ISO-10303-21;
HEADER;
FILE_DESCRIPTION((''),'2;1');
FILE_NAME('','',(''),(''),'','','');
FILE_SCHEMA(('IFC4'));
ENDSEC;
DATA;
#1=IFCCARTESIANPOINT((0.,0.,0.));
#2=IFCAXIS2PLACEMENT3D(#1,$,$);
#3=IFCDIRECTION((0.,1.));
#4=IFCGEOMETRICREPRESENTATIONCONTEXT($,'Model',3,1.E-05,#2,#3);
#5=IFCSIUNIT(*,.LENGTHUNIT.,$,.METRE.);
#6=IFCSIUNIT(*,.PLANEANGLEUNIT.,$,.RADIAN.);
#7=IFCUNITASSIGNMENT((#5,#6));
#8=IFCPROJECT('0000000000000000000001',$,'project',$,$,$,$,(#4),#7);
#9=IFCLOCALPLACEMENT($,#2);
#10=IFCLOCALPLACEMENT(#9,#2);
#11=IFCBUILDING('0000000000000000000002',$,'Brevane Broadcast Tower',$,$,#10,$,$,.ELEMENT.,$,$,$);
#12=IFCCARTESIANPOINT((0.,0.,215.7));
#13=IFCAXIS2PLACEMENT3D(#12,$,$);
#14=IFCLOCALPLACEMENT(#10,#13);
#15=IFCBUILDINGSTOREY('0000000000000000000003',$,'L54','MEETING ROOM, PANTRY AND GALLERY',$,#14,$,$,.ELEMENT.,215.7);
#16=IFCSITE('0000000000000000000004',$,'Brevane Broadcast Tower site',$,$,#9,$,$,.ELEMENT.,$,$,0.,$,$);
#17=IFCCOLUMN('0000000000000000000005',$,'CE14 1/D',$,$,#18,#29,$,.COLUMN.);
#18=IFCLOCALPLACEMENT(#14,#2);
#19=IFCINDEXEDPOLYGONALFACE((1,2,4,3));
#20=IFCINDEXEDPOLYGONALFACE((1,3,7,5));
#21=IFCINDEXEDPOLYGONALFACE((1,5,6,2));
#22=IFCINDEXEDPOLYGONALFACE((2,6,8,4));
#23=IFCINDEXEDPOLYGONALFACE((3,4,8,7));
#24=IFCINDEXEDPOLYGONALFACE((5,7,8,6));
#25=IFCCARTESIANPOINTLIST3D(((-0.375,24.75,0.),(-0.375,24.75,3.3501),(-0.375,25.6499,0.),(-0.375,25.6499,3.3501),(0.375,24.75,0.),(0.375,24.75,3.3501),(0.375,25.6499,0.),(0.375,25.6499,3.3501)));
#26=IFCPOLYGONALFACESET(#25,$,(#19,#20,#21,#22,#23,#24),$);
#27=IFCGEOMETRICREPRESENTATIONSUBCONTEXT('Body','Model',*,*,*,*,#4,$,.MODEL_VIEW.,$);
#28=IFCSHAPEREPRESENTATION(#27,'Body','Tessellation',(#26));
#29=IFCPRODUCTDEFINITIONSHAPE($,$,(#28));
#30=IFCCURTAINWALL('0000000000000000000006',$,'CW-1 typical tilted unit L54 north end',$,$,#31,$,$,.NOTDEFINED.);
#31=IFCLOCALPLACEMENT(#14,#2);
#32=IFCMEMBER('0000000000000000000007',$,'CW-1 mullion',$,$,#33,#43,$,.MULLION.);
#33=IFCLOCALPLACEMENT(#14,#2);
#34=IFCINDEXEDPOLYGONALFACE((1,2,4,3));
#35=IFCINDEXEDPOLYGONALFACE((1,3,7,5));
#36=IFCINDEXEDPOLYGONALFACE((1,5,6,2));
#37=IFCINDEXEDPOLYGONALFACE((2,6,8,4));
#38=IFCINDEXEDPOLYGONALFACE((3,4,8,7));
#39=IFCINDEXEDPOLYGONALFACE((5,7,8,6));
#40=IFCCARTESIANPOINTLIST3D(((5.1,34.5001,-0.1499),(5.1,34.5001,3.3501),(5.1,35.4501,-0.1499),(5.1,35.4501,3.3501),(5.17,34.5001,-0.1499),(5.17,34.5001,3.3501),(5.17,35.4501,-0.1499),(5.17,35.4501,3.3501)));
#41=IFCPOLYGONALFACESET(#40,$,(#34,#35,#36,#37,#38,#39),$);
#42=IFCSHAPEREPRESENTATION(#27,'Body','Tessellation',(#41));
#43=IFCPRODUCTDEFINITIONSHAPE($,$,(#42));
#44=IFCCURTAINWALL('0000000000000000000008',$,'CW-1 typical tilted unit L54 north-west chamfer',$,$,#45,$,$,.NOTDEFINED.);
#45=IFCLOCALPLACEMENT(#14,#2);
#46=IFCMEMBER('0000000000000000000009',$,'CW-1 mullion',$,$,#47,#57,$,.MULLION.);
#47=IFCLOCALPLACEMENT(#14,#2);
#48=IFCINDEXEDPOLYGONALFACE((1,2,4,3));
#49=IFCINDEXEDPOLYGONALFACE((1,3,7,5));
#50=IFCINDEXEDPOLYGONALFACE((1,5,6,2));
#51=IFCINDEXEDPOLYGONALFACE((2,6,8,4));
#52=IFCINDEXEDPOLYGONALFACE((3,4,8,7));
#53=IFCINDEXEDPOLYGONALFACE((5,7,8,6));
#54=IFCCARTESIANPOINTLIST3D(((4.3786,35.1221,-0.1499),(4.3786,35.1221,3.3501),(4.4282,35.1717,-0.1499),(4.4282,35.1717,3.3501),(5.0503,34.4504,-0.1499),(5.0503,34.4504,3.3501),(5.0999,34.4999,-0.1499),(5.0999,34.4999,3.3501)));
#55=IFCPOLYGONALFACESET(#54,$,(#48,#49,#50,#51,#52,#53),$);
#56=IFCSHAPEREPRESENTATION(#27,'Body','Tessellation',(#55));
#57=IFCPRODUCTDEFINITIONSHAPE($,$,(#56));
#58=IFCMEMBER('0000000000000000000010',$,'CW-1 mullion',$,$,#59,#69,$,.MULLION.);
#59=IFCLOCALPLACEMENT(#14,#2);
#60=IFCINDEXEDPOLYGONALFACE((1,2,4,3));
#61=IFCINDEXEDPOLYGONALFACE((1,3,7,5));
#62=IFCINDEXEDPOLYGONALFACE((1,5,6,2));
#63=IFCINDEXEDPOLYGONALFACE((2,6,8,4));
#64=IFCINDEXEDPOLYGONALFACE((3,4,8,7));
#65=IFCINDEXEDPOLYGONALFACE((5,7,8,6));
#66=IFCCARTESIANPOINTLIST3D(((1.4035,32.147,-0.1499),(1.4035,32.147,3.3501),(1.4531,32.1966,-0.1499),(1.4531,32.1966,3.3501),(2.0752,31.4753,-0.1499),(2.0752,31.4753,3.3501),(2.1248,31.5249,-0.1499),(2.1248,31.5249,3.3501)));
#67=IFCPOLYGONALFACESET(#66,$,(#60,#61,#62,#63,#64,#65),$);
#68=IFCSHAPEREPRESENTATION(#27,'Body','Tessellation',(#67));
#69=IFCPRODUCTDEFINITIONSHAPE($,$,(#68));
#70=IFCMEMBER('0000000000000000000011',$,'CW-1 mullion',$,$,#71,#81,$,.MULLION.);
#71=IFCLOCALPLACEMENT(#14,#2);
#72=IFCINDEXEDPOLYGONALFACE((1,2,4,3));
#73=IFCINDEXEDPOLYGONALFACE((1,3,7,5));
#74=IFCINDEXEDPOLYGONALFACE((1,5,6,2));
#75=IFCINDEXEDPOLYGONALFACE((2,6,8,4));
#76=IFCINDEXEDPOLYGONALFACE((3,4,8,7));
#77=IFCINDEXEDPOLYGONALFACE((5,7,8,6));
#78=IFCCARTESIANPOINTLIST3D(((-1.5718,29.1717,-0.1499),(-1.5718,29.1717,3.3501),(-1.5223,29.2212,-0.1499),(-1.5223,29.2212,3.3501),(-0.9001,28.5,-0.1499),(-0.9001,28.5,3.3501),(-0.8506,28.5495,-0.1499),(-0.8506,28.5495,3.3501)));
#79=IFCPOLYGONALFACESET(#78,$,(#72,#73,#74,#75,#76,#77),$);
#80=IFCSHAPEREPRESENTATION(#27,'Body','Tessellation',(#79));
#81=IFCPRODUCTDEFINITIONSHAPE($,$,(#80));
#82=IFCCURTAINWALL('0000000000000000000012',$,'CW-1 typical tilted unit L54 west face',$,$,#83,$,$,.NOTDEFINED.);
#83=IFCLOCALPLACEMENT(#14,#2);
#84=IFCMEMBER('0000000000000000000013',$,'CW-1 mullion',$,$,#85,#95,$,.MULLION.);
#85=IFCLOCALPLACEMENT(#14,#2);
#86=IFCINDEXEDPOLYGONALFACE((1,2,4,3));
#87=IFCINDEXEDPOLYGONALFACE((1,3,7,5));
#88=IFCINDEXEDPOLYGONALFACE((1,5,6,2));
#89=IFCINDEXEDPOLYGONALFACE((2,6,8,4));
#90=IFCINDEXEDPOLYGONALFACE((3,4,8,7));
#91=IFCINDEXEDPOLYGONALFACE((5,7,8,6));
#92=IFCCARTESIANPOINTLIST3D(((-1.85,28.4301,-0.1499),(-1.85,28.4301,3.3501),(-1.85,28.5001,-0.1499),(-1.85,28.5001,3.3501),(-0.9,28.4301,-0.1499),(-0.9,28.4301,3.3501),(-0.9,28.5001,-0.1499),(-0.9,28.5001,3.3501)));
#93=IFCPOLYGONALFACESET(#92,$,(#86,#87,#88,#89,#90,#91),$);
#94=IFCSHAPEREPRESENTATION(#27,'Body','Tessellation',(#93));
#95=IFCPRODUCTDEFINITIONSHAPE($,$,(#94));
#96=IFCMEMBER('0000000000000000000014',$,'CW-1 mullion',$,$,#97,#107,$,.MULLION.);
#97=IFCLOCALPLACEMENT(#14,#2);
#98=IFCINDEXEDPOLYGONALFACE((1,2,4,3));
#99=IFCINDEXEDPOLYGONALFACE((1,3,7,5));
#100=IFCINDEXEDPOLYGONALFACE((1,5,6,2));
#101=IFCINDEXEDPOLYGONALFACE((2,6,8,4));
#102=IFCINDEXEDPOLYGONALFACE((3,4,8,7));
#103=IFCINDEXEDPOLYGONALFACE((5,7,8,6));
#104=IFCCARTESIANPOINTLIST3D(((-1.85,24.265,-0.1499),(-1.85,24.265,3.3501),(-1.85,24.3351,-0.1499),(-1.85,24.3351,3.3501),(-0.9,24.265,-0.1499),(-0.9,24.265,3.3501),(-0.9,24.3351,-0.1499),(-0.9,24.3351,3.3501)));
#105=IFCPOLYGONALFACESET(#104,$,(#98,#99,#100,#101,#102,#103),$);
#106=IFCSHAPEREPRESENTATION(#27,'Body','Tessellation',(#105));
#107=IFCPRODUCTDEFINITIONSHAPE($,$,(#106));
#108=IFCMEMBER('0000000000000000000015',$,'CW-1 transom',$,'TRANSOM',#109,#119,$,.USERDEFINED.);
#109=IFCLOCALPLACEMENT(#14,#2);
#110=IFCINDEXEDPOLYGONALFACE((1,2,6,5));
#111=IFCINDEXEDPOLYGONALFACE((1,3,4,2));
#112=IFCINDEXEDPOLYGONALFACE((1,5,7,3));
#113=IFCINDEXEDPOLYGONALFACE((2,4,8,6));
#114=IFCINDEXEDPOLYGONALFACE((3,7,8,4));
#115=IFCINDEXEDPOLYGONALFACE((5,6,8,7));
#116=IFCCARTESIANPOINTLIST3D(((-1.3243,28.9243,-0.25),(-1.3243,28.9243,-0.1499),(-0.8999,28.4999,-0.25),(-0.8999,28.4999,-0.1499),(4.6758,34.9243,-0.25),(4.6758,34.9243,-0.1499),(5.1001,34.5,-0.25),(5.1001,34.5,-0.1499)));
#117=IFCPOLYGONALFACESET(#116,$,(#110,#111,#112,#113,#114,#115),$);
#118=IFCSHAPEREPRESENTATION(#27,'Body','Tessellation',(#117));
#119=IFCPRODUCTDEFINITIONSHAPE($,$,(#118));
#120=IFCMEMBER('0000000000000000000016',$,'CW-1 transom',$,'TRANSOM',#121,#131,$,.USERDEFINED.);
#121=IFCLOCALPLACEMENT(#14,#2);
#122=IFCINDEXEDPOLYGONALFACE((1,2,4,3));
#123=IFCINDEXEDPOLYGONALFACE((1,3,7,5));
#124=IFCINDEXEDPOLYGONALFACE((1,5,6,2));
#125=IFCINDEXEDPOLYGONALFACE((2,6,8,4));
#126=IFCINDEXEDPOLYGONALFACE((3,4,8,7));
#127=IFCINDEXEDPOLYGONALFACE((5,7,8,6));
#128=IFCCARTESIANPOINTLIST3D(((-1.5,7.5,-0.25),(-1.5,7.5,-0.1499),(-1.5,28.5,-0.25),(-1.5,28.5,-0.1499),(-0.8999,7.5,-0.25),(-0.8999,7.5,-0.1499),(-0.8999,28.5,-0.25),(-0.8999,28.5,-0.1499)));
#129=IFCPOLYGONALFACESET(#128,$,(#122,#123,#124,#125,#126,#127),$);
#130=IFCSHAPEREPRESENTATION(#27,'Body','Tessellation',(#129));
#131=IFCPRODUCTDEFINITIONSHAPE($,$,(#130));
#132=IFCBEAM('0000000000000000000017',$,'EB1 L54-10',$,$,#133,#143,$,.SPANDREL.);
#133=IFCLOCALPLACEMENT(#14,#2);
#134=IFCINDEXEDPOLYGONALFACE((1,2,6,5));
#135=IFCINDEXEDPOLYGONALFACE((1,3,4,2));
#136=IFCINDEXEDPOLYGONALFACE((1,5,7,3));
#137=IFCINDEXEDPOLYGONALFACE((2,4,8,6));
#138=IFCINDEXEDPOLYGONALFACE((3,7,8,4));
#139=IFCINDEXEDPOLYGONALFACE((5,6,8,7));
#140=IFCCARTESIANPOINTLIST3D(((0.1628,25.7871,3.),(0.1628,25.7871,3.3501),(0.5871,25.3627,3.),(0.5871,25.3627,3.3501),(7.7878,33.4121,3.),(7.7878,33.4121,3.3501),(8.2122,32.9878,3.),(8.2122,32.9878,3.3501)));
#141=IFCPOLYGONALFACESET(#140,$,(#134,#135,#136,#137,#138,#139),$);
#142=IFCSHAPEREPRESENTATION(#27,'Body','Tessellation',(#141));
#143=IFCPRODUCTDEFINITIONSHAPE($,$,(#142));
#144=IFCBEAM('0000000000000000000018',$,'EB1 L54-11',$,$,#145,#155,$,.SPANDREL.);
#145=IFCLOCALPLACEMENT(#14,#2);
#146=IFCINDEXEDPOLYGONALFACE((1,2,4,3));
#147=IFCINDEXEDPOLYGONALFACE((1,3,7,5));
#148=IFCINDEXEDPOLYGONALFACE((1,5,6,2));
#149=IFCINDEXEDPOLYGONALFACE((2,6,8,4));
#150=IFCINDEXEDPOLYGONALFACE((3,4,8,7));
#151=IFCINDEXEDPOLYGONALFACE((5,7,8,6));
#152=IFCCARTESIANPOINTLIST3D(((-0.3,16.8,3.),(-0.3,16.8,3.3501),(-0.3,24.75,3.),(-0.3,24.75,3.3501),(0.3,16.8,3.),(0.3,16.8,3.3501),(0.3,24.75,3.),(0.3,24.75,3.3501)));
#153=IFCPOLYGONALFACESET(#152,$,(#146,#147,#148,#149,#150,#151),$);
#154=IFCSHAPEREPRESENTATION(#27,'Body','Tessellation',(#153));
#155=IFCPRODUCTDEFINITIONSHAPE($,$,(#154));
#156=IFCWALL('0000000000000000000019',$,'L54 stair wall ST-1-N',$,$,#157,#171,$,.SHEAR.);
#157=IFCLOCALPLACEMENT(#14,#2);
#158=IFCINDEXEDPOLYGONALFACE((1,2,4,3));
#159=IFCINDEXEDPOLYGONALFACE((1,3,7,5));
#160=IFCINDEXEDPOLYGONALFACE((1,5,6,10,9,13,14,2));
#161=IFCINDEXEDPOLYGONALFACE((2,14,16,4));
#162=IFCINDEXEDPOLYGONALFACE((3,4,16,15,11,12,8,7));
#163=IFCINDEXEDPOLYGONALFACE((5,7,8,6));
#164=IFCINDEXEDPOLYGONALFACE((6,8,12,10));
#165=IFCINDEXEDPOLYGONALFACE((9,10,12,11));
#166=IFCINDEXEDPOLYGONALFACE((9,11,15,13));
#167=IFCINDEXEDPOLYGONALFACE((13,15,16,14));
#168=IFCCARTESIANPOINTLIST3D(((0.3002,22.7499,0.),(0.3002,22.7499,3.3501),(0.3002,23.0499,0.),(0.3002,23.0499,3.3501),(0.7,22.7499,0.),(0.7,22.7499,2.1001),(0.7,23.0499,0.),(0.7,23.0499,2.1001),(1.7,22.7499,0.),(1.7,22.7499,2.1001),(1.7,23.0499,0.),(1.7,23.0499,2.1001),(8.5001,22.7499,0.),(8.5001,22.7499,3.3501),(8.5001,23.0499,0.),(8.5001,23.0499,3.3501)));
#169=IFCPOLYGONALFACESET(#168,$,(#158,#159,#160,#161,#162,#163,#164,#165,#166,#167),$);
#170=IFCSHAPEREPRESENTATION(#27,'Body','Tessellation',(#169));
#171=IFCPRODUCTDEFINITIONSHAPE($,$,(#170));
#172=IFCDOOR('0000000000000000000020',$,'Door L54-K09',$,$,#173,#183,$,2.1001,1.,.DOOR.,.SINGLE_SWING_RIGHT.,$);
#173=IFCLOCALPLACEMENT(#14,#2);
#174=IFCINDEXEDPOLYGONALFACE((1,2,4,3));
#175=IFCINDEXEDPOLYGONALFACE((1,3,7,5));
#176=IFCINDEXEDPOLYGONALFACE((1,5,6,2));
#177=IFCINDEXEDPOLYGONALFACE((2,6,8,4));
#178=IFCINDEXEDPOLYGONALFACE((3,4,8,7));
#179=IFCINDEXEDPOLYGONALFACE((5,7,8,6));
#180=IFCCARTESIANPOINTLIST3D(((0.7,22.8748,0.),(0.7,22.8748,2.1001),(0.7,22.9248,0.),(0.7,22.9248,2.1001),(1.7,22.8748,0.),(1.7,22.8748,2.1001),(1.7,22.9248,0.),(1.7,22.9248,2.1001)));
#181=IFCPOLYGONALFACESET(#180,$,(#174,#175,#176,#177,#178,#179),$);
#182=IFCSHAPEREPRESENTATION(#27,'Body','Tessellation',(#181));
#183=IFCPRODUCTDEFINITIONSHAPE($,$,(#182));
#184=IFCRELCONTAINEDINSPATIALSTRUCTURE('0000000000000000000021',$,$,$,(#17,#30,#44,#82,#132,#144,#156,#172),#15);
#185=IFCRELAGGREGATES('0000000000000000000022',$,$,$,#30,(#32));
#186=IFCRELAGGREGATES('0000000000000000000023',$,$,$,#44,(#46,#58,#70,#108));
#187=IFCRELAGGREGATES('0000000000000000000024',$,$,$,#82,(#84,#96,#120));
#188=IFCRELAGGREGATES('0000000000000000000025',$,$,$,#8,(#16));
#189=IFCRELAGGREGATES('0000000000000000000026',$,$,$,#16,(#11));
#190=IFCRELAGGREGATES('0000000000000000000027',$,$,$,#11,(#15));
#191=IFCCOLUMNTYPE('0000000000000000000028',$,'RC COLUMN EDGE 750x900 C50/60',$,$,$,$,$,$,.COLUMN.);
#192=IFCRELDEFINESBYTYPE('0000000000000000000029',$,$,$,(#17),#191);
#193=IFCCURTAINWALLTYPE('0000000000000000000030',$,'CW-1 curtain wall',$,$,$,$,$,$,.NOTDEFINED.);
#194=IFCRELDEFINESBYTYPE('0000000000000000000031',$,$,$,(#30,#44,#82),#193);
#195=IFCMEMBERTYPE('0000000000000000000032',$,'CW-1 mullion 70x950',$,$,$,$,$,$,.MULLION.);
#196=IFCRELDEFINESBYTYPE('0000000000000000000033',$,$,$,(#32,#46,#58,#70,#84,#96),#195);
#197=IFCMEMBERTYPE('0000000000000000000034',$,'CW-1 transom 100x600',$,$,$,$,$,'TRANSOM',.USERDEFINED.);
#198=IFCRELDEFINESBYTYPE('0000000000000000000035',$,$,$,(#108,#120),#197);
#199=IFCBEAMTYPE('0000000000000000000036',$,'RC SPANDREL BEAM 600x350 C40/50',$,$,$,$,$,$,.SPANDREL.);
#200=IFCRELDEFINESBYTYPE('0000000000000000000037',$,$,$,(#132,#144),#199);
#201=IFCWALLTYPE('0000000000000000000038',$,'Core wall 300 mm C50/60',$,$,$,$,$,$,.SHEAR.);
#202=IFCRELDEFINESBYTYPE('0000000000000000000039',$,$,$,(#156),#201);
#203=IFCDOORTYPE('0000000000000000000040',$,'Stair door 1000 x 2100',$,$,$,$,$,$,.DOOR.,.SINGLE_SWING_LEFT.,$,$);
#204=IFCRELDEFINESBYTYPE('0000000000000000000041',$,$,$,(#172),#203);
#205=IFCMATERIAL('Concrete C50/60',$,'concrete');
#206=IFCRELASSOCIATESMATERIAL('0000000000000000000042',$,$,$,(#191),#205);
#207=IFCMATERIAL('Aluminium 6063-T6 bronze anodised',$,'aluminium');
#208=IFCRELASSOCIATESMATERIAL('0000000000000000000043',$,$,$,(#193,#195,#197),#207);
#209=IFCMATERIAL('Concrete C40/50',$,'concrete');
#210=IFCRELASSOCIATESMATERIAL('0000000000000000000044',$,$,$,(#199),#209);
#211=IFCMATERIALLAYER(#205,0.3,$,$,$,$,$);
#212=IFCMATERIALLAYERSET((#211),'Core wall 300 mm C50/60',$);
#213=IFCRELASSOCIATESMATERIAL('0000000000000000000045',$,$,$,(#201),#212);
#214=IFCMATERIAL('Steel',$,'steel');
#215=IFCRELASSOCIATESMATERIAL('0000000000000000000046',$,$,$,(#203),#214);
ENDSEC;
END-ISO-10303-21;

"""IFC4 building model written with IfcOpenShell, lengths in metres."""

from ifc_helpers import new_model, si_unit, direction, frame, frame_2d, origin, origin_2d, place, context, subcontext, project, spatial, rectangle, extrude, material, layer, layer_set, material_profile, profile_set, type_object, element, fill, aggregate, save


model = new_model("IFC4")

# Units and contexts
model_context = context("Model", 3, precision=1e-05, world=origin(), true_north=direction((0.0, 1.0)))
body_context = subcontext(model_context, "Body", "Model", "MODEL_VIEW")
ifc_project = project(units=[si_unit("LENGTHUNIT", "METRE"), si_unit("PLANEANGLEUNIT", "RADIAN")], contexts=[model_context])

# Site, building, storey
site_placement = place(None, origin())
site = spatial("IfcSite", under=ifc_project, at=site_placement, Name="Brevane Broadcast Tower site", CompositionType="ELEMENT", RefElevation=0.0)
building_placement = place(site_placement, origin())
building = spatial("IfcBuilding", under=site, at=building_placement, Name="Brevane Broadcast Tower", CompositionType="ELEMENT")
storey_placement = place(building_placement, frame((0.0, 0.0, 215.7)))
storey = spatial("IfcBuildingStorey", under=building, at=storey_placement, Name="L54", Description="MEETING ROOM, PANTRY AND GALLERY", CompositionType="ELEMENT", Elevation=215.7)

# Column
ifc_material_1 = material(Name="Concrete C50/60", Category="concrete")
ifc_material_profile_1 = material_profile(ifc_material_1, rectangle(XDim=0.75, YDim=0.8999, at=origin_2d()), Name="RC 750x900")
ifc_profile_set_1 = profile_set([ifc_material_profile_1], Name="Concrete C50/60")
column_type = type_object("IfcColumnType", Name="RC COLUMN EDGE 750x900 C50/60", PredefinedType="COLUMN", material=ifc_profile_set_1)
column_placement = place(storey_placement, frame((0.0, 25.2, 0.0), z_axis=(0.0, 0.0, 1.0), x_axis=(1.0, 0.0, 0.0)))
element("IfcColumn", 1, at=column_placement, inside=storey, type_object=column_type, Name="CE14 1/D", PredefinedType="COLUMN", context=body_context, shape_type="SweptSolid", body=[
    extrude(rectangle(XDim=0.75, YDim=0.8999, at=origin_2d()), origin(), (0.0, 0.0, 1.0), 3.3501),
])

# Curtain wall, member
ifc_material_2 = material(Name="Aluminium 6063-T6 bronze anodised", Category="aluminium")
curtain_wall_type = type_object("IfcCurtainWallType", Name="CW-1 curtain wall", PredefinedType="NOTDEFINED", material=ifc_material_2)
curtain_wall_1_placement = place(storey_placement, origin())
curtain_wall_1 = element("IfcCurtainWall", 2, at=curtain_wall_1_placement, inside=storey, type_object=curtain_wall_type, Name="CW-1 typical tilted unit L54 north end", PredefinedType="NOTDEFINED")
ifc_material_profile_2 = material_profile(ifc_material_2, rectangle(XDim=0.95, YDim=0.0701, at=origin_2d()), Name="RECT 70x950")
ifc_profile_set_2 = profile_set([ifc_material_profile_2], Name="Aluminium 6063-T6 bronze anodised")
member_type_1 = type_object("IfcMemberType", Name="CW-1 mullion 70x950", PredefinedType="MULLION", material=ifc_profile_set_2)
member_1_placement = place(storey_placement, frame((5.135, 34.9751, -0.1499), z_axis=(0.0, 0.0, 1.0), x_axis=(0.0, -1.0, 0.0)))
member_1 = element("IfcMember", 3, at=member_1_placement, type_object=member_type_1, Name="CW-1 mullion", PredefinedType="MULLION", context=body_context, shape_type="SweptSolid", body=[
    extrude(rectangle(XDim=0.95, YDim=0.0701, at=origin_2d()), origin(), (0.0, 0.0, 1.0), 3.5),
])
aggregate(curtain_wall_1, [member_1])

# Curtain walls, members
curtain_wall_2_placement = place(storey_placement, origin())
curtain_wall_2 = element("IfcCurtainWall", 4, at=curtain_wall_2_placement, inside=storey, type_object=curtain_wall_type, Name="CW-1 typical tilted unit L54 north-west chamfer", PredefinedType="NOTDEFINED")
member_2_placement = place(storey_placement, frame((4.7393, 34.811, -0.1499), z_axis=(0.0, 0.0, 1.0), x_axis=(0.707107, -0.707107, 0.0)))
member_2 = element("IfcMember", 5, at=member_2_placement, type_object=member_type_1, Name="CW-1 mullion", PredefinedType="MULLION", context=body_context, shape_type="SweptSolid", body=[
    extrude(rectangle(XDim=0.95, YDim=0.0701, at=origin_2d()), origin(), (0.0, 0.0, 1.0), 3.5),
])
member_3_placement = place(storey_placement, frame((1.7642, 31.8359, -0.1499), z_axis=(0.0, 0.0, 1.0), x_axis=(0.707107, -0.707107, 0.0)))
member_3 = element("IfcMember", 6, at=member_3_placement, type_object=member_type_1, Name="CW-1 mullion", PredefinedType="MULLION", context=body_context, shape_type="SweptSolid", body=[
    extrude(rectangle(XDim=0.95, YDim=0.0701, at=origin_2d()), origin(), (0.0, 0.0, 1.0), 3.5),
])
member_4_placement = place(storey_placement, frame((-1.2112, 28.8606, -0.1499), z_axis=(0.0, 0.0, 1.0), x_axis=(0.707107, -0.707107, 0.0)))
member_4 = element("IfcMember", 7, at=member_4_placement, type_object=member_type_1, Name="CW-1 mullion", PredefinedType="MULLION", context=body_context, shape_type="SweptSolid", body=[
    extrude(rectangle(XDim=0.95, YDim=0.0701, at=origin_2d()), origin(), (0.0, 0.0, 1.0), 3.5),
])
curtain_wall_3_placement = place(storey_placement, origin())
curtain_wall_3 = element("IfcCurtainWall", 8, at=curtain_wall_3_placement, inside=storey, type_object=curtain_wall_type, Name="CW-1 typical tilted unit L54 west face", PredefinedType="NOTDEFINED")
member_5_placement = place(storey_placement, frame((-1.375, 28.4651, -0.1499), z_axis=(0.0, 0.0, 1.0), x_axis=(1.0, 0.0, 0.0)))
member_5 = element("IfcMember", 9, at=member_5_placement, type_object=member_type_1, Name="CW-1 mullion", PredefinedType="MULLION", context=body_context, shape_type="SweptSolid", body=[
    extrude(rectangle(XDim=0.95, YDim=0.0701, at=origin_2d()), origin(), (0.0, 0.0, 1.0), 3.5),
])
member_6_placement = place(storey_placement, frame((-1.375, 24.3, -0.1499), z_axis=(0.0, 0.0, 1.0), x_axis=(1.0, 0.0, 0.0)))
member_6 = element("IfcMember", 10, at=member_6_placement, type_object=member_type_1, Name="CW-1 mullion", PredefinedType="MULLION", context=body_context, shape_type="SweptSolid", body=[
    extrude(rectangle(XDim=0.95, YDim=0.0701, at=origin_2d()), origin(), (0.0, 0.0, 1.0), 3.5),
])

# Members
ifc_material_profile_3 = material_profile(ifc_material_2, rectangle(XDim=0.6001, YDim=0.1001, at=origin_2d()), Name="RECT 100x600")
ifc_profile_set_3 = profile_set([ifc_material_profile_3], Name="Aluminium 6063-T6 bronze anodised")
member_type_2 = type_object("IfcMemberType", Name="CW-1 transom 100x600", ElementType="TRANSOM", PredefinedType="USERDEFINED", material=ifc_profile_set_3)
member_7_placement = place(storey_placement, frame((4.8879, 34.7122, -0.2), z_axis=(-0.707107, -0.707107, 0.0), x_axis=(0.707107, -0.707107, 0.0)))
member_7 = element("IfcMember", 11, at=member_7_placement, type_object=member_type_2, Name="CW-1 transom", ObjectType="TRANSOM", PredefinedType="USERDEFINED", context=body_context, shape_type="SweptSolid", body=[
    extrude(rectangle(XDim=0.6001, YDim=0.1001, at=origin_2d()), origin(), (0.0, 0.0, 1.0), 8.4854),
])
aggregate(curtain_wall_2, [member_2, member_3, member_4, member_7])
member_8_placement = place(storey_placement, frame((-1.2, 28.5, -0.2), z_axis=(0.0, -1.0, 0.0), x_axis=(1.0, 0.0, 0.0)))
member_8 = element("IfcMember", 12, at=member_8_placement, type_object=member_type_2, Name="CW-1 transom", ObjectType="TRANSOM", PredefinedType="USERDEFINED", context=body_context, shape_type="SweptSolid", body=[
    extrude(rectangle(XDim=0.6001, YDim=0.1001, at=origin_2d()), origin(), (0.0, 0.0, 1.0), 21.0),
])
aggregate(curtain_wall_3, [member_5, member_6, member_8])

# Beams
ifc_material_3 = material(Name="Concrete C40/50", Category="concrete")
ifc_material_profile_4 = material_profile(ifc_material_3, rectangle(XDim=0.6001, YDim=0.3501, at=origin_2d()), Name="RC 600x350")
ifc_profile_set_4 = profile_set([ifc_material_profile_4], Name="Concrete C40/50")
beam_type = type_object("IfcBeamType", Name="RC SPANDREL BEAM 600x350 C40/50", PredefinedType="SPANDREL", material=ifc_profile_set_4)
beam_1_placement = place(storey_placement, frame((8.0, 33.2, 3.175), z_axis=(-0.707107, -0.707107, 0.0), x_axis=(0.707107, -0.707107, 0.0)))
element("IfcBeam", 13, at=beam_1_placement, inside=storey, type_object=beam_type, Name="EB1 L54-10", PredefinedType="SPANDREL", context=body_context, shape_type="SweptSolid", body=[
    extrude(rectangle(XDim=0.6001, YDim=0.3501, at=origin_2d()), origin(), (0.0, 0.0, 1.0), 10.7834),
])
beam_2_placement = place(storey_placement, frame((0.0, 24.75, 3.175), z_axis=(0.0, -1.0, 0.0), x_axis=(1.0, 0.0, 0.0)))
element("IfcBeam", 14, at=beam_2_placement, inside=storey, type_object=beam_type, Name="EB1 L54-11", PredefinedType="SPANDREL", context=body_context, shape_type="SweptSolid", body=[
    extrude(rectangle(XDim=0.6001, YDim=0.3501, at=origin_2d()), origin(), (0.0, 0.0, 1.0), 7.95),
])

# Wall, opening, door
ifc_layer = layer(ifc_material_1, 0.3)
ifc_layer_set = layer_set([ifc_layer], Name="Core wall 300 mm C50/60")
wall_type = type_object("IfcWallType", Name="Core wall 300 mm C50/60", PredefinedType="SHEAR", material=ifc_layer_set)
wall_1_placement = place(storey_placement, frame((0.3, 22.8999, 0.0), z_axis=(0.0, 0.0, 1.0), x_axis=(1.0, 0.0, 0.0)))
wall_1 = element("IfcWall", 15, at=wall_1_placement, inside=storey, type_object=wall_type, Name="L54 stair wall ST-1-N", PredefinedType="SHEAR", context=body_context, shape_type="SweptSolid", body=[
    extrude(rectangle(XDim=8.2, YDim=0.3, at=frame_2d((4.1001, 0.0))), origin(), (0.0, 0.0, 1.0), 3.3501),
])
opening_placement = place(wall_1_placement, frame((0.3999, 0.0, 0.0)))
opening = element("IfcOpeningElement", 16, at=opening_placement, cuts=wall_1, PredefinedType="OPENING", context=body_context, shape_type="SweptSolid", body=[
    extrude(rectangle(XDim=1.0, YDim=2.1001, at=frame_2d((0.5, 1.05))), frame((0.0, 0.1599, 0.0), z_axis=(0.0, -1.0, 0.0), x_axis=(1.0, 0.0, 0.0)), (0.0, 0.0, 1.0), 0.3201),
])
ifc_material_4 = material(Name="Steel", Category="steel")
door_type = type_object("IfcDoorType", Name="Stair door 1000 x 2100", OperationType="SINGLE_SWING_LEFT", PredefinedType="DOOR", material=ifc_material_4)
door_placement = place(opening_placement, origin())
door = element("IfcDoor", 17, at=door_placement, inside=storey, type_object=door_type, Name="Door L54-K09", OperationType="SINGLE_SWING_RIGHT", OverallHeight=2.1001, OverallWidth=1.0, PredefinedType="DOOR", context=body_context, shape_type="SweptSolid", body=[
    extrude(rectangle(XDim=1.0, YDim=2.1001, at=frame_2d((0.5, 1.05))), frame((0.0, 0.0249, 0.0), z_axis=(0.0, -1.0, 0.0), x_axis=(1.0, 0.0, 0.0)), (0.0, 0.0, 1.0), 0.05),
])
fill(opening, door)

save(model, "model.ifc")
